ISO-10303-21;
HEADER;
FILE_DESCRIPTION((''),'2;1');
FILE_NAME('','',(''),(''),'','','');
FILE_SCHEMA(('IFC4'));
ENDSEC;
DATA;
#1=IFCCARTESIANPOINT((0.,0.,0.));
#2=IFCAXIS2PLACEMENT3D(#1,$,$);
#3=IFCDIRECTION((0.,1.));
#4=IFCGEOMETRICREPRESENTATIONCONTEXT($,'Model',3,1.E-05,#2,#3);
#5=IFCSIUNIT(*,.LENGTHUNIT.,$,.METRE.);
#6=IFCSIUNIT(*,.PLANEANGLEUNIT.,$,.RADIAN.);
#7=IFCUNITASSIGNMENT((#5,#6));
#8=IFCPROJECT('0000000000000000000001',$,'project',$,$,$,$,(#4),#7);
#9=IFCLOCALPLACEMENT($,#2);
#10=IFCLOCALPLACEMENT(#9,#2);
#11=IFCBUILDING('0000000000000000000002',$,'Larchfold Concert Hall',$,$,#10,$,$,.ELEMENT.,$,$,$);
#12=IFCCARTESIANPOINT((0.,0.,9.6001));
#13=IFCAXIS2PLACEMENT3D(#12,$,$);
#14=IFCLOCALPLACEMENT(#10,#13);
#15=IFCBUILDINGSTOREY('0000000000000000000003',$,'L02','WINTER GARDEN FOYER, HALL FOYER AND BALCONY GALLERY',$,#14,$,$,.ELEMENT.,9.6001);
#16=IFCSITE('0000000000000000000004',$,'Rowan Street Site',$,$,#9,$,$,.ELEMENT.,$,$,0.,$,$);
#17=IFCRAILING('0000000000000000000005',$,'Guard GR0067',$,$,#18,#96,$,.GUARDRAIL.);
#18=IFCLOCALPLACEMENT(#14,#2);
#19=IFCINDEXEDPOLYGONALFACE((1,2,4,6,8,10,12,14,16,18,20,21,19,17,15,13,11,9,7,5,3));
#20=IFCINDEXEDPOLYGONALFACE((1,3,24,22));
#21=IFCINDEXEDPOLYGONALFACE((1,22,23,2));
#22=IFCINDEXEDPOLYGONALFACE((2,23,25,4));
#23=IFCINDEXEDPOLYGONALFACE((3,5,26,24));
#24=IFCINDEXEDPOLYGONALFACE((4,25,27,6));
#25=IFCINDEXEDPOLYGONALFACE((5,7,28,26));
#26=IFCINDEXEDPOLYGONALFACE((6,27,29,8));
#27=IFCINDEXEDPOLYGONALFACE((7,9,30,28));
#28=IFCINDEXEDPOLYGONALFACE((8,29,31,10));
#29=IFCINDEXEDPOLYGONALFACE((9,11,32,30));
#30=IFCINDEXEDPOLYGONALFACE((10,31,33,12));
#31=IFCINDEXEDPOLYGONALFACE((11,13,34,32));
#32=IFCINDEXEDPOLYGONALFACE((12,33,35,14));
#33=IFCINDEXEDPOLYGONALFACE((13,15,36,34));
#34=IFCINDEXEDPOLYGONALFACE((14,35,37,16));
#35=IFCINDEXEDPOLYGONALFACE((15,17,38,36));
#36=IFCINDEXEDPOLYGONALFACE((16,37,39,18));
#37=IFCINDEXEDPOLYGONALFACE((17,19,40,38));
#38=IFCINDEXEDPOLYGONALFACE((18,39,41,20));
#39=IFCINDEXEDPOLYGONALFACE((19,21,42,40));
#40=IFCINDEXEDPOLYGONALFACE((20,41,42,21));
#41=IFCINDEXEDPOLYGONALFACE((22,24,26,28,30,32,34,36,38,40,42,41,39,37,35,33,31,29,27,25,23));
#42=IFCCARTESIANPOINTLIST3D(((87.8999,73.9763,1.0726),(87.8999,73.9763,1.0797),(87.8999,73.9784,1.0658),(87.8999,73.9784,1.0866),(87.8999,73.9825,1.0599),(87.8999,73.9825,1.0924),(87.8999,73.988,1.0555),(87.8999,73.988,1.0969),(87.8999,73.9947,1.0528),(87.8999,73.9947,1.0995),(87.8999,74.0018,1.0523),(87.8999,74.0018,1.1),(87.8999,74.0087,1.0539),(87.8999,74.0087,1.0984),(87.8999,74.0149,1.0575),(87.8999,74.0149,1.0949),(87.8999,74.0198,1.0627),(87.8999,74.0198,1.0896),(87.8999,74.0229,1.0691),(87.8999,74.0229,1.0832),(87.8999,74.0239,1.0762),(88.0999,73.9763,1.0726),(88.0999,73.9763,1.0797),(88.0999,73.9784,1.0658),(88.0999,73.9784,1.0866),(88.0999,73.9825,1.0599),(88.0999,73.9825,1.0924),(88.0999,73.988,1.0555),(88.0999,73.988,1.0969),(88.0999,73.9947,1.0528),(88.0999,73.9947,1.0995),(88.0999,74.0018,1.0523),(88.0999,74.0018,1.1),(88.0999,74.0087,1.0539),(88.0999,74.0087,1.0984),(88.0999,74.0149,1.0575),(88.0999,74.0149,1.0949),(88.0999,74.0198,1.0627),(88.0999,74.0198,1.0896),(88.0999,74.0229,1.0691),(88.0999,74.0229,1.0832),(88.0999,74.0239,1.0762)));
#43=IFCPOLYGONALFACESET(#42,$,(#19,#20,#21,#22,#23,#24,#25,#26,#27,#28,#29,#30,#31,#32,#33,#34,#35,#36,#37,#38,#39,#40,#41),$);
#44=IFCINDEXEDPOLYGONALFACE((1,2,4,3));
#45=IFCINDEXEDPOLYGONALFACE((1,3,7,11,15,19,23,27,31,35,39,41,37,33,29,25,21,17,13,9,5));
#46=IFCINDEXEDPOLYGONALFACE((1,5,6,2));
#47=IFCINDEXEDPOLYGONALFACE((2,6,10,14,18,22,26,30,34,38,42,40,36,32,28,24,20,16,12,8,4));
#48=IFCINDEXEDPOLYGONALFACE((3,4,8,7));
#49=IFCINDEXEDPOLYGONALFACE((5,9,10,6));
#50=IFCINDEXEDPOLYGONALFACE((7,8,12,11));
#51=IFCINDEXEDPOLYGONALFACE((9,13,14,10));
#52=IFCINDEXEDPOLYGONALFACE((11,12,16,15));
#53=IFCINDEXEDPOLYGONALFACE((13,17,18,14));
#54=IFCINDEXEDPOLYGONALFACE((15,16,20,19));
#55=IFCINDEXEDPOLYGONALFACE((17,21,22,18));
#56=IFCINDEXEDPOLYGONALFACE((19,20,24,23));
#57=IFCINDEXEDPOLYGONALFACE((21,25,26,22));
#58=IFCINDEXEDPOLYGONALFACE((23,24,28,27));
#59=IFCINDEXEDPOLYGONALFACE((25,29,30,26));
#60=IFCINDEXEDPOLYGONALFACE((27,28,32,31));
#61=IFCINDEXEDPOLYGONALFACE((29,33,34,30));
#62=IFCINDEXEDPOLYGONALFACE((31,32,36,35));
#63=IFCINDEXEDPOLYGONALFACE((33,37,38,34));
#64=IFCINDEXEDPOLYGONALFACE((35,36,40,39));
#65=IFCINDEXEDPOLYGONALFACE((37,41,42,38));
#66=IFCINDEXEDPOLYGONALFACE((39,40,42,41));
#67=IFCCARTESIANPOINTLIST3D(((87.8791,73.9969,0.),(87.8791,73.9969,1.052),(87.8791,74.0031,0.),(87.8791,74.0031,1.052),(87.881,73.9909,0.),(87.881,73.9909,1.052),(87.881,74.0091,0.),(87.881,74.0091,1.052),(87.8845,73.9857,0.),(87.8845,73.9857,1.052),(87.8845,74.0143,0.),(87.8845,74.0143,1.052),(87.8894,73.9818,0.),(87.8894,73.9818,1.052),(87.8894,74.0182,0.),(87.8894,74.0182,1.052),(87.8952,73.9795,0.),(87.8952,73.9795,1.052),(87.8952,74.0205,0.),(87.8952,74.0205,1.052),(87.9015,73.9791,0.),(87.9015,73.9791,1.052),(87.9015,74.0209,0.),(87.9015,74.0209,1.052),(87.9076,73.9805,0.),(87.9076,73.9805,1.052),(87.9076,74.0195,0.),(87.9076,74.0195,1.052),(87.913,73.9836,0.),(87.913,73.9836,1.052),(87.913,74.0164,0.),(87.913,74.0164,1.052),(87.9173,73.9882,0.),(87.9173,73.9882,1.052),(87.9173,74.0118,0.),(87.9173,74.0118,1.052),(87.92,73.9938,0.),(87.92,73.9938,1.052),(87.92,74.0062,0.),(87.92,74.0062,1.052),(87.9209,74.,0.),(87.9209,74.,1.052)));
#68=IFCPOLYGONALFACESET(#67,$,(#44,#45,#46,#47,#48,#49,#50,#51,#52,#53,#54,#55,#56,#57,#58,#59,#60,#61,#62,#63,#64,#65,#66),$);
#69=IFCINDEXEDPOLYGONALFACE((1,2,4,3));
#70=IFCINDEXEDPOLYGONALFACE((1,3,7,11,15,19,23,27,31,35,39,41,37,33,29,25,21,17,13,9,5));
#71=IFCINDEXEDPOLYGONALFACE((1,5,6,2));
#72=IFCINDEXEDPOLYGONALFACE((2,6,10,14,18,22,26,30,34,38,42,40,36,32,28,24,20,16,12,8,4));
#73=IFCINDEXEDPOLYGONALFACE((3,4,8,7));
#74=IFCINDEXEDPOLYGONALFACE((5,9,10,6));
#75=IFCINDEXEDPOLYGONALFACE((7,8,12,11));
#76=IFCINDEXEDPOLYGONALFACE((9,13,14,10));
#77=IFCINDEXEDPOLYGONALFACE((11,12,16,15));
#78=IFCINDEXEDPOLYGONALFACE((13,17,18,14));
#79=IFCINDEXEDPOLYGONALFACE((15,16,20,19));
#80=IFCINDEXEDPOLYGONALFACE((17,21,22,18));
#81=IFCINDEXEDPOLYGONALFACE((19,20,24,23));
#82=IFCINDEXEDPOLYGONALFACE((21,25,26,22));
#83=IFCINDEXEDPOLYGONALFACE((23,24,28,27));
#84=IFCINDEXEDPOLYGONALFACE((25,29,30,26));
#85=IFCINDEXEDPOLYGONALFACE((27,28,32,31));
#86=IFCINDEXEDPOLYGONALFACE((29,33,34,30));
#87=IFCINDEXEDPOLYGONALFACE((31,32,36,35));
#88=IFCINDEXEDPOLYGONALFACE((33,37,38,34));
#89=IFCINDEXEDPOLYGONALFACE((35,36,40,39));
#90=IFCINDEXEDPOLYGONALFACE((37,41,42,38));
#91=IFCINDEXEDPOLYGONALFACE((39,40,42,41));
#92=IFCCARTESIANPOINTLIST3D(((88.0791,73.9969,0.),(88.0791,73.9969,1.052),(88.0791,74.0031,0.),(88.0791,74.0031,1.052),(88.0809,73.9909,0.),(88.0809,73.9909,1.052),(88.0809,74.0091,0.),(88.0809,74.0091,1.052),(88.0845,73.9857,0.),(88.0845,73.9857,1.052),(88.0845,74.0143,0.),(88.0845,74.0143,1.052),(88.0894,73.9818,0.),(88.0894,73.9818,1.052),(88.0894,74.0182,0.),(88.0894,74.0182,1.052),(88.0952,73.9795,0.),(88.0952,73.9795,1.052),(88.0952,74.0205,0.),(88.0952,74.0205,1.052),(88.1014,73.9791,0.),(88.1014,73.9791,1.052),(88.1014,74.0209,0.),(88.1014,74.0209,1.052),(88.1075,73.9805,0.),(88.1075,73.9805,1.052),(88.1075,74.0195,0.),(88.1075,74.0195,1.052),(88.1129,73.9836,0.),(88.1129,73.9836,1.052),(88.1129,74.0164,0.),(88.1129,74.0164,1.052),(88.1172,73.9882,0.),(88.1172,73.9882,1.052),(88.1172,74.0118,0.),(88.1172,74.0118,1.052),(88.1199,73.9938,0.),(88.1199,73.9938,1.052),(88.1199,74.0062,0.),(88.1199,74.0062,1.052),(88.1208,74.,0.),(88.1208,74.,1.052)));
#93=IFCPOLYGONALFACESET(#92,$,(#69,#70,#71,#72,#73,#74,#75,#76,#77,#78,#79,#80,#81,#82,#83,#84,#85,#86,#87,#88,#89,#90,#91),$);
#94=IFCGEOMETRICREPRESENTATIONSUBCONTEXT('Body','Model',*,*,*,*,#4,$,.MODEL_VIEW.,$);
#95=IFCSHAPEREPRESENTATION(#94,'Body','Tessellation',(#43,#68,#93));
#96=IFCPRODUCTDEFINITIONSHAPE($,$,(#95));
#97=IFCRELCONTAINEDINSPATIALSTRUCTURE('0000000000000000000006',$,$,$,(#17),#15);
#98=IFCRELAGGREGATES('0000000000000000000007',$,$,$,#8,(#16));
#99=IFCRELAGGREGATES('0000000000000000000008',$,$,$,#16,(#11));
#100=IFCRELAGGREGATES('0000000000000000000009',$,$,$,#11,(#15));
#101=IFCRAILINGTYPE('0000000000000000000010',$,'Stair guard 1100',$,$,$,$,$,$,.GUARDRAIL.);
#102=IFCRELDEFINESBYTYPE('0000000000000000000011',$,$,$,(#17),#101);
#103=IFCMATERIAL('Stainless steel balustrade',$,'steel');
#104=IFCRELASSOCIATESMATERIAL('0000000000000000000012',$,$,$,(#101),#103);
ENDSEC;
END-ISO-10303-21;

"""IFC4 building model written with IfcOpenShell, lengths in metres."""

from ifc_helpers import new_model, si_unit, direction, frame, origin, origin_2d, place, context, subcontext, project, spatial, circle, extrude, material, type_object, element, save


model = new_model("IFC4")

# Units and contexts
model_context = context("Model", 3, precision=1e-05, world=origin(), true_north=direction((0.0, 1.0)))
body_context = subcontext(model_context, "Body", "Model", "MODEL_VIEW")
ifc_project = project(units=[si_unit("LENGTHUNIT", "METRE"), si_unit("PLANEANGLEUNIT", "RADIAN")], contexts=[model_context])

# Site, building, storey
site_placement = place(None, origin())
site = spatial("IfcSite", under=ifc_project, at=site_placement, Name="Rowan Street Site", CompositionType="ELEMENT", RefElevation=0.0)
building_placement = place(site_placement, origin())
building = spatial("IfcBuilding", under=site, at=building_placement, Name="Larchfold Concert Hall", CompositionType="ELEMENT")
storey_placement = place(building_placement, frame((0.0, 0.0, 9.6001)))
storey = spatial("IfcBuildingStorey", under=building, at=storey_placement, Name="L02", Description="WINTER GARDEN FOYER, HALL FOYER AND BALCONY GALLERY", CompositionType="ELEMENT", Elevation=9.6001)

# Railing
ifc_material_1 = material(Name="Stainless steel balustrade", Category="steel")
railing_type_1 = type_object("IfcRailingType", Name="Stair guard 1100", PredefinedType="GUARDRAIL", material=ifc_material_1)
railing_1_placement = place(storey_placement, frame((87.8999, 74.0, 0.0)))
element("IfcRailing", 1, at=railing_1_placement, inside=storey, type_object=railing_type_1, Name="Guard GR0067", PredefinedType="GUARDRAIL", context=body_context, shape_type="SweptSolid", body=[
    extrude(circle(Radius=0.0239, at=origin_2d()), frame((0.0, 0.0, 1.0762), z_axis=(1.0, 0.0, 0.0), x_axis=(0.0, 1.0, 0.0)), (0.0, 0.0, 1.0), 0.2),
    extrude(circle(Radius=0.021, at=origin_2d()), origin(), (0.0, 0.0, 1.0), 1.052),
    extrude(circle(Radius=0.021, at=origin_2d()), frame((0.2, 0.0, 0.0)), (0.0, 0.0, 1.0), 1.052),
])

save(model, "model.ifc")
